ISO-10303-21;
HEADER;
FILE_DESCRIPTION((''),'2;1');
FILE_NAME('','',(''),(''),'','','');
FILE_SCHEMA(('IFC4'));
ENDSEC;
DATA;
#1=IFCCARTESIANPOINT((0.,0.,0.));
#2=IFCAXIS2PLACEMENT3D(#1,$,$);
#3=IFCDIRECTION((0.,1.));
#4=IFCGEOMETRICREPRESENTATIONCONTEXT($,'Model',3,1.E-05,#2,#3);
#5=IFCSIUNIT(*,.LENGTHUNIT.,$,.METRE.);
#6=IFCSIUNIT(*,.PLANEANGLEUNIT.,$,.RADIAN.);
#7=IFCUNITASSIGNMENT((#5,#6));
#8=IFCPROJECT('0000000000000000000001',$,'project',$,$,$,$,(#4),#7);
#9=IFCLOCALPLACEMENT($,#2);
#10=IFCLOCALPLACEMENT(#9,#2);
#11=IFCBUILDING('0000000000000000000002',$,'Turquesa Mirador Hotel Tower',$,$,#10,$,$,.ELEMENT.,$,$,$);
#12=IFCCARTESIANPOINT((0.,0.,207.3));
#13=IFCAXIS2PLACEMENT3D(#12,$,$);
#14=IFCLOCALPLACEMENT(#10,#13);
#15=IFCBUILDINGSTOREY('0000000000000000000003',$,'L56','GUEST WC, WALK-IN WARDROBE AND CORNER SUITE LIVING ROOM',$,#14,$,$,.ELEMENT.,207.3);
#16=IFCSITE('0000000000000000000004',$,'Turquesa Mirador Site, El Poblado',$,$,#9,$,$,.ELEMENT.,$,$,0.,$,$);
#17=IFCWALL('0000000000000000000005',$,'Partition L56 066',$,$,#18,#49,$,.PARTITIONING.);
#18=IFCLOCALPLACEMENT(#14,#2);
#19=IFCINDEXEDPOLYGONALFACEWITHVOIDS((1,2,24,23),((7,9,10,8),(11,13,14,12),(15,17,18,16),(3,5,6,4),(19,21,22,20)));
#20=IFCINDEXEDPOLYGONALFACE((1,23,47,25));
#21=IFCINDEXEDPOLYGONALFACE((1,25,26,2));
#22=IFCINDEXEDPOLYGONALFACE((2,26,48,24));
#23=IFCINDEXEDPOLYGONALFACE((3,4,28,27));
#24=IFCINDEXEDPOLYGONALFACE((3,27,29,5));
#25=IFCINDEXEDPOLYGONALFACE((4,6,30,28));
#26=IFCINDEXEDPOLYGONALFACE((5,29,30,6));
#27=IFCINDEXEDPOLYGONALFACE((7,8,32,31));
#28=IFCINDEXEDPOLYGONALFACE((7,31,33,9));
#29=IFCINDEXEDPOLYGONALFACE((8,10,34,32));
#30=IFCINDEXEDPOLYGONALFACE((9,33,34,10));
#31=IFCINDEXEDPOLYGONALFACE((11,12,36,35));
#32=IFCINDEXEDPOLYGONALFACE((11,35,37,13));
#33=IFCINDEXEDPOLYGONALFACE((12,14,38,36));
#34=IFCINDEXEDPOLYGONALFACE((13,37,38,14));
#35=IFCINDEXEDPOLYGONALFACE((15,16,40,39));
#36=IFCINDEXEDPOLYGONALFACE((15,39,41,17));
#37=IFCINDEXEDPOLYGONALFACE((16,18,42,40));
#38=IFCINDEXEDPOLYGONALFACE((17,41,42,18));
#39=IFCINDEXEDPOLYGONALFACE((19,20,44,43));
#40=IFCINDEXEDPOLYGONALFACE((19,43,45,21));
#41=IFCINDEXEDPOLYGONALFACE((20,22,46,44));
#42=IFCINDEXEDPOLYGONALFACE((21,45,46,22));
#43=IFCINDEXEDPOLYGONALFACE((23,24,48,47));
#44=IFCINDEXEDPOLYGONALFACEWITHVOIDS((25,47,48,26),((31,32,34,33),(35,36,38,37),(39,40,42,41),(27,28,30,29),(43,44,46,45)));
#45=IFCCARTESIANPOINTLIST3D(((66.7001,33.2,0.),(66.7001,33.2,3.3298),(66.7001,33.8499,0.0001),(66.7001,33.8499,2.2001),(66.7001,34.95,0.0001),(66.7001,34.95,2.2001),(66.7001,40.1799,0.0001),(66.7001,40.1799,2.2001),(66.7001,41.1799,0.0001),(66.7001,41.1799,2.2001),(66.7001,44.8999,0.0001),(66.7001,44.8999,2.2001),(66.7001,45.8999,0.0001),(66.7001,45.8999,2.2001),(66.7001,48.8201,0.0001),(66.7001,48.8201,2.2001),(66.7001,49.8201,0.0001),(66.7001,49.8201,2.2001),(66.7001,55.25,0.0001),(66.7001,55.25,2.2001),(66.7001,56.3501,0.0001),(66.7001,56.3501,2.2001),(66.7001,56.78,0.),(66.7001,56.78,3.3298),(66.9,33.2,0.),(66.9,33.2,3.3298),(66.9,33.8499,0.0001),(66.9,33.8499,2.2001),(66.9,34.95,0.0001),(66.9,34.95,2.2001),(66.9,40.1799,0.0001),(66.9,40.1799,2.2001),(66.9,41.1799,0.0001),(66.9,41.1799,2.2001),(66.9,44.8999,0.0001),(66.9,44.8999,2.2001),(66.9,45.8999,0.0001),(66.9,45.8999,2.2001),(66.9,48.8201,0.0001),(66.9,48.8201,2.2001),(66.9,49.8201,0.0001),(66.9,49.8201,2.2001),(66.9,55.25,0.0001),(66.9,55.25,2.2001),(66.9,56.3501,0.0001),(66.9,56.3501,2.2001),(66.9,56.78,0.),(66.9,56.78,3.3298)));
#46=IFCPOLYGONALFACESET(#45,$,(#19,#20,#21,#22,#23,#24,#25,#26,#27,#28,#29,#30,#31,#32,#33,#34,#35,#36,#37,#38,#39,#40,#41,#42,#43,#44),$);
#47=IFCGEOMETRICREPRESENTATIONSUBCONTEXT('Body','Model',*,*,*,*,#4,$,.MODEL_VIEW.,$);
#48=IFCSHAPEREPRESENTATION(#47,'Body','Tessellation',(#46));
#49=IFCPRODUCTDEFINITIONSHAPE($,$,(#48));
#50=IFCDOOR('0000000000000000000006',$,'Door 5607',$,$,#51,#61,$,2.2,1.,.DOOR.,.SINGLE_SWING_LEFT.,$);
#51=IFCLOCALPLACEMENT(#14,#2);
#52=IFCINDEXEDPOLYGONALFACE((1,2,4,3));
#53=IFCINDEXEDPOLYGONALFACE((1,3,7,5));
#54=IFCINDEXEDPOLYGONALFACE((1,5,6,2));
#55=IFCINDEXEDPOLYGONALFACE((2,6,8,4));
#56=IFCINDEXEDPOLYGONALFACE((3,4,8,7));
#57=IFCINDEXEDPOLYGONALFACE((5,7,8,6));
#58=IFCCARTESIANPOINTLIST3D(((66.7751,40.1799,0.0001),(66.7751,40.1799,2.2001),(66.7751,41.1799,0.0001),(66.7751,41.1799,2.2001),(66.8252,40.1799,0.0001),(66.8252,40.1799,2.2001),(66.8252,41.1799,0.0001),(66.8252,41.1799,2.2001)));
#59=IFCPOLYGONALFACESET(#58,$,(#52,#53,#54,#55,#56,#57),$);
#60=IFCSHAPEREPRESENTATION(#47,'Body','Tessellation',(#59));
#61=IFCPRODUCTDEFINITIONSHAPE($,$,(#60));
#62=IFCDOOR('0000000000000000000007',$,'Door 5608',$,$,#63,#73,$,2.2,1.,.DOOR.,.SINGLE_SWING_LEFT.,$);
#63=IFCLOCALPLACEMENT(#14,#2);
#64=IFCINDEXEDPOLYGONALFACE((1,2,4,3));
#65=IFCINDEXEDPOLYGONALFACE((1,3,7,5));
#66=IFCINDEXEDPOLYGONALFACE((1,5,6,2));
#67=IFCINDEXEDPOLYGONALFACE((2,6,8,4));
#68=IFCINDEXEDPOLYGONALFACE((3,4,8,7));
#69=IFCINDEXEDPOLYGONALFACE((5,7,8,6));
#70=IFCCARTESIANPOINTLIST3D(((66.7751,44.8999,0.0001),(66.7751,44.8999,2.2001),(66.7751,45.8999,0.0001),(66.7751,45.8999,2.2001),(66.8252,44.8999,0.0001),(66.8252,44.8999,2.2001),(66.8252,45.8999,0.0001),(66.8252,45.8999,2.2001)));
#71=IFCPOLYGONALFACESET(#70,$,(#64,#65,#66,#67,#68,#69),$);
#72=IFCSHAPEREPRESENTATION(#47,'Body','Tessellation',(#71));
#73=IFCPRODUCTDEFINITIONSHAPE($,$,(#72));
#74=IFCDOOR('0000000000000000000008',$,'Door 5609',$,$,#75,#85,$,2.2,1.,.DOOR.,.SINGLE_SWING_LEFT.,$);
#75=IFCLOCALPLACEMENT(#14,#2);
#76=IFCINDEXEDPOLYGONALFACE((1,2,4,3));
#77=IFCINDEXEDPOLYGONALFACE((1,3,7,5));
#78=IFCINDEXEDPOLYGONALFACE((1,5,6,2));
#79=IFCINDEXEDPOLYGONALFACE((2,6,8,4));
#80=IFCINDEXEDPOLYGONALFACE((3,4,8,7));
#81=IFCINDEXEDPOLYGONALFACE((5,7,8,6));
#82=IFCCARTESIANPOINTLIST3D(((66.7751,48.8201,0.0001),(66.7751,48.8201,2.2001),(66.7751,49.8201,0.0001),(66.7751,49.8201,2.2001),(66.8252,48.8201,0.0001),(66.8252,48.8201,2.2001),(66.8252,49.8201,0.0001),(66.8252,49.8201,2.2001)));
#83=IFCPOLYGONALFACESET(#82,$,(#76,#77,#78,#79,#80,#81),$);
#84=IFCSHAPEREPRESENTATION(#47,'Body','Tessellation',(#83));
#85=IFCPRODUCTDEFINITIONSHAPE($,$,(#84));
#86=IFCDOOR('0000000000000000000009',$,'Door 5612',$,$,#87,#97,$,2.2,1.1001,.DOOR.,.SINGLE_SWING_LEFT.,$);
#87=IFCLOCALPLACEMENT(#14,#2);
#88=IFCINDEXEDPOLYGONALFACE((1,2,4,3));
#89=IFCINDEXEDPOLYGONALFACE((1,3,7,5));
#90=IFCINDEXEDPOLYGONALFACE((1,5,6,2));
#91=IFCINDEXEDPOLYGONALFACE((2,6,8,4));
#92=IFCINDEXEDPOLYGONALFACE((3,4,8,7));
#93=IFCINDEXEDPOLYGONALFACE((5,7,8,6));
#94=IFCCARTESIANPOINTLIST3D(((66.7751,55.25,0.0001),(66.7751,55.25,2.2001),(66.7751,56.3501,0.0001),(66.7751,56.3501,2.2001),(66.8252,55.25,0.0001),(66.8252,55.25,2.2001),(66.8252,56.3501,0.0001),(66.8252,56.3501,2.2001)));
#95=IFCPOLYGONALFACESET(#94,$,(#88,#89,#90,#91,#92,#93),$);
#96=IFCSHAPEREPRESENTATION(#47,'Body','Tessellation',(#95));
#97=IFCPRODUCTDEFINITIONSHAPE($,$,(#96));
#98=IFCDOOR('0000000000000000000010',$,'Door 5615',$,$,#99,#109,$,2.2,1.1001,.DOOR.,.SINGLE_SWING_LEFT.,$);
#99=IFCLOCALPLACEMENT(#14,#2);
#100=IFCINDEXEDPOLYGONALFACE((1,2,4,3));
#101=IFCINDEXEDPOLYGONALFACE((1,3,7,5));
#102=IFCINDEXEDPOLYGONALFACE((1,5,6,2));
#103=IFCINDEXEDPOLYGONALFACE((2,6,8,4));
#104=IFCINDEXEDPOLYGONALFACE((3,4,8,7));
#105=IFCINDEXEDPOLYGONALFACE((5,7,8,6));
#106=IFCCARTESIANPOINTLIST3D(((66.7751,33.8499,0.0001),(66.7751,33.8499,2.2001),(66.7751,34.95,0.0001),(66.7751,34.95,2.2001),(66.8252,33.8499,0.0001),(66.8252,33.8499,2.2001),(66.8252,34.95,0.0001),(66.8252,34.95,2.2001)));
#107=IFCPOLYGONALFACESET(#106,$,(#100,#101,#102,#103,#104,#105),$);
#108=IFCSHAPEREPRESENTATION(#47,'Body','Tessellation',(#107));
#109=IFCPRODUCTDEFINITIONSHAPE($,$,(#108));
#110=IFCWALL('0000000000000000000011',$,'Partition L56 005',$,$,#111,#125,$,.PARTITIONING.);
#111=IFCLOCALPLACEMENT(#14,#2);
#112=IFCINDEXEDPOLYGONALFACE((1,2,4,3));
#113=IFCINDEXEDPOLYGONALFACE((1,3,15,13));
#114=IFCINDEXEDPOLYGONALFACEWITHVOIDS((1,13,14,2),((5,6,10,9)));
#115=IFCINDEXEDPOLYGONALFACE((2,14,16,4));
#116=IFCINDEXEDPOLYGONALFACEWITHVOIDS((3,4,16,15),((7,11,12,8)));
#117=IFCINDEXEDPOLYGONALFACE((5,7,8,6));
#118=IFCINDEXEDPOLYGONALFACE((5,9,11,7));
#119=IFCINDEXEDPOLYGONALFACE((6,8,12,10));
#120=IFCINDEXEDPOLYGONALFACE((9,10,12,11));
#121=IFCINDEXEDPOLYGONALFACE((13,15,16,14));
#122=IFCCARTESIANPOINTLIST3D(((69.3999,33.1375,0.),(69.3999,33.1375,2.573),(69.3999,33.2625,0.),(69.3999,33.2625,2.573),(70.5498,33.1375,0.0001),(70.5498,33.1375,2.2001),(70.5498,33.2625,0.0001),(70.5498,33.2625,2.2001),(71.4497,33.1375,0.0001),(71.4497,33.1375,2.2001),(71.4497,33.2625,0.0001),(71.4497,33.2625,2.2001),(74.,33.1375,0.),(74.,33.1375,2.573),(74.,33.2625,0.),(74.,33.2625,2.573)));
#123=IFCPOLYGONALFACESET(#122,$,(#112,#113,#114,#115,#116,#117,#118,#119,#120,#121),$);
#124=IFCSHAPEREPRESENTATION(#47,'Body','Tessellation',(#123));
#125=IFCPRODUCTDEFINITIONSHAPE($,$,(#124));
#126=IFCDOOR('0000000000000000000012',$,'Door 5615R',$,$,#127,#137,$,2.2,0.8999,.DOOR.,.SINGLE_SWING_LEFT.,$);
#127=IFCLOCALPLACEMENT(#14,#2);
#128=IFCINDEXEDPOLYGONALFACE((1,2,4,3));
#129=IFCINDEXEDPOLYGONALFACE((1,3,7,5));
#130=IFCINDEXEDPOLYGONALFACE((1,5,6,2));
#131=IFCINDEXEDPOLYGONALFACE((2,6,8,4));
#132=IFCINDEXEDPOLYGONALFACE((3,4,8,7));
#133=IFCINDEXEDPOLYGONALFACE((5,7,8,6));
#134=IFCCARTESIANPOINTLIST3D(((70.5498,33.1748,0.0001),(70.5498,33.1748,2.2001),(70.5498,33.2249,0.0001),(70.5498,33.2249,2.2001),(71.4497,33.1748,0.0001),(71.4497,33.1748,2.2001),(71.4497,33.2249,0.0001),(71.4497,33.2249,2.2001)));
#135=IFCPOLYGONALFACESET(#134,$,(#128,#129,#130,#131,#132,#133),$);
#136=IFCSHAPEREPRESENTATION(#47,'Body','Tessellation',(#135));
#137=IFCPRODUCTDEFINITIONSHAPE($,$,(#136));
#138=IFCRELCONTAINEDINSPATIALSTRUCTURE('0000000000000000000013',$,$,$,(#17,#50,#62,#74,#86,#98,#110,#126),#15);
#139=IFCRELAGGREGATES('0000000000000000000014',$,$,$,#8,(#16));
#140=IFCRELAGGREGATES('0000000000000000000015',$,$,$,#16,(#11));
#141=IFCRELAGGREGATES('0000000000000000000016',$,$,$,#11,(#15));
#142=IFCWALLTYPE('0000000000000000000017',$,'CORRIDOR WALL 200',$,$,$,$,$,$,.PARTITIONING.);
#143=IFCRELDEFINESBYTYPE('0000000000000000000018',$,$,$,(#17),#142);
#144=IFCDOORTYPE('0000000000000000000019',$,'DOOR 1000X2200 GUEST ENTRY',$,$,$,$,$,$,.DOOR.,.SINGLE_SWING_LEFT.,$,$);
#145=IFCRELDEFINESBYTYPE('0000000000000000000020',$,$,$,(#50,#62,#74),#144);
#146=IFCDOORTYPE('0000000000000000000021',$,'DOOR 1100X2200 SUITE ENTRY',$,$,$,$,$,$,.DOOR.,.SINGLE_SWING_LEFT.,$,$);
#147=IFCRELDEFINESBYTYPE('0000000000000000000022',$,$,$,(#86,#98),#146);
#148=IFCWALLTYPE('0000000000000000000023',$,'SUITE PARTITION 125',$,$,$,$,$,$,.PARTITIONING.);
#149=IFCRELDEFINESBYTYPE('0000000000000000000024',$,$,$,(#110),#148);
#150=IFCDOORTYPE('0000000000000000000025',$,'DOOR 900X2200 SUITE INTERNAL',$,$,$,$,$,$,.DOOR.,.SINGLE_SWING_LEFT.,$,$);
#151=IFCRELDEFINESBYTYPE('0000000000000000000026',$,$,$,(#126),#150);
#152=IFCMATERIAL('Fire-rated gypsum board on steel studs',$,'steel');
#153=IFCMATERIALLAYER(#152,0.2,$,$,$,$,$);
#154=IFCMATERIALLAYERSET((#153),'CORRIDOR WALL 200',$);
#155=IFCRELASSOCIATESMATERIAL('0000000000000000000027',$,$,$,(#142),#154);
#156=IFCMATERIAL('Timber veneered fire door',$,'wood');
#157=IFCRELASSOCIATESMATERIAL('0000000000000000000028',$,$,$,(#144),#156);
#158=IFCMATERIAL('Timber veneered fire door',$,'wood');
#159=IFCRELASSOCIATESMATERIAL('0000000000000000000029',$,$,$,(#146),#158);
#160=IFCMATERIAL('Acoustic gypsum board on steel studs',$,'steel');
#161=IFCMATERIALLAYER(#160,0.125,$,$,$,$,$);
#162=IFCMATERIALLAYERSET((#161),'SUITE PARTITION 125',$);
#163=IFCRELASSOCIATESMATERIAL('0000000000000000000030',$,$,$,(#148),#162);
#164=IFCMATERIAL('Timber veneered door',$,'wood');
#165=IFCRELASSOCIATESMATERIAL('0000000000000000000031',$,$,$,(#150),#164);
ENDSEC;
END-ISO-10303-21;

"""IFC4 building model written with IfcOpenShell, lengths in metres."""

from ifc_helpers import new_model, si_unit, direction, frame, frame_2d, origin, place, context, subcontext, project, spatial, rectangle, extrude, material, layer, layer_set, type_object, element, fill, save


model = new_model("IFC4")

# Units and contexts
model_context = context("Model", 3, precision=1e-05, world=origin(), true_north=direction((0.0, 1.0)))
body_context = subcontext(model_context, "Body", "Model", "MODEL_VIEW")
ifc_project = project(units=[si_unit("LENGTHUNIT", "METRE"), si_unit("PLANEANGLEUNIT", "RADIAN")], contexts=[model_context])

# Site, building, storey
site_placement = place(None, origin())
site = spatial("IfcSite", under=ifc_project, at=site_placement, Name="Turquesa Mirador Site, El Poblado", CompositionType="ELEMENT", RefElevation=0.0)
building_placement = place(site_placement, origin())
building = spatial("IfcBuilding", under=site, at=building_placement, Name="Turquesa Mirador Hotel Tower", CompositionType="ELEMENT")
storey_placement = place(building_placement, frame((0.0, 0.0, 207.3)))
storey = spatial("IfcBuildingStorey", under=building, at=storey_placement, Name="L56", Description="GUEST WC, WALK-IN WARDROBE AND CORNER SUITE LIVING ROOM", CompositionType="ELEMENT", Elevation=207.3)

# Wall, openings, doors
ifc_material_1 = material(Name="Fire-rated gypsum board on steel studs", Category="steel")
ifc_layer_1 = layer(ifc_material_1, 0.2)
ifc_layer_set_1 = layer_set([ifc_layer_1], Name="CORRIDOR WALL 200")
wall_type_1 = type_object("IfcWallType", Name="CORRIDOR WALL 200", PredefinedType="PARTITIONING", material=ifc_layer_set_1)
wall_1_placement = place(storey_placement, frame((66.8, 33.2, 0.0), z_axis=(0.0, 0.0, 1.0), x_axis=(0.0, 1.0, 0.0)))
wall_1 = element("IfcWall", 1, at=wall_1_placement, inside=storey, type_object=wall_type_1, Name="Partition L56 066", PredefinedType="PARTITIONING", context=body_context, shape_type="SweptSolid", body=[
    extrude(rectangle(XDim=23.5801, YDim=0.2, at=frame_2d((11.79, 0.0))), origin(), (0.0, 0.0, 1.0), 3.3298),
])
opening_1_placement = place(wall_1_placement, frame((6.98, 0.0, 0.0)))
opening_1 = element("IfcOpeningElement", 2, at=opening_1_placement, cuts=wall_1, PredefinedType="OPENING", context=body_context, shape_type="SweptSolid", body=[
    extrude(rectangle(XDim=1.0, YDim=2.2, at=frame_2d((0.5, 1.1001))), frame((0.0, 0.1099, 0.0), z_axis=(0.0, -1.0, 0.0), x_axis=(1.0, 0.0, 0.0)), (0.0, 0.0, 1.0), 0.22),
])
opening_2_placement = place(wall_1_placement, frame((11.7, 0.0, 0.0)))
opening_2 = element("IfcOpeningElement", 3, at=opening_2_placement, cuts=wall_1, PredefinedType="OPENING", context=body_context, shape_type="SweptSolid", body=[
    extrude(rectangle(XDim=1.0, YDim=2.2, at=frame_2d((0.5, 1.1001))), frame((0.0, 0.1099, 0.0), z_axis=(0.0, -1.0, 0.0), x_axis=(1.0, 0.0, 0.0)), (0.0, 0.0, 1.0), 0.22),
])
opening_3_placement = place(wall_1_placement, frame((15.6201, 0.0, 0.0)))
opening_3 = element("IfcOpeningElement", 4, at=opening_3_placement, cuts=wall_1, PredefinedType="OPENING", context=body_context, shape_type="SweptSolid", body=[
    extrude(rectangle(XDim=1.0, YDim=2.2, at=frame_2d((0.5, 1.1001))), frame((0.0, 0.1099, 0.0), z_axis=(0.0, -1.0, 0.0), x_axis=(1.0, 0.0, 0.0)), (0.0, 0.0, 1.0), 0.22),
])
opening_4_placement = place(wall_1_placement, frame((22.05, 0.0, 0.0)))
opening_4 = element("IfcOpeningElement", 5, at=opening_4_placement, cuts=wall_1, PredefinedType="OPENING", context=body_context, shape_type="SweptSolid", body=[
    extrude(rectangle(XDim=1.1001, YDim=2.2, at=frame_2d((0.55, 1.1001))), frame((0.0, 0.1099, 0.0), z_axis=(0.0, -1.0, 0.0), x_axis=(1.0, 0.0, 0.0)), (0.0, 0.0, 1.0), 0.22),
])
opening_5_placement = place(wall_1_placement, frame((0.6499, 0.0, 0.0)))
opening_5 = element("IfcOpeningElement", 6, at=opening_5_placement, cuts=wall_1, PredefinedType="OPENING", context=body_context, shape_type="SweptSolid", body=[
    extrude(rectangle(XDim=1.1001, YDim=2.2, at=frame_2d((0.55, 1.1001))), frame((0.0, 0.1099, 0.0), z_axis=(0.0, -1.0, 0.0), x_axis=(1.0, 0.0, 0.0)), (0.0, 0.0, 1.0), 0.22),
])
ifc_material_2 = material(Name="Timber veneered fire door", Category="wood")
door_type_1 = type_object("IfcDoorType", Name="DOOR 1000X2200 GUEST ENTRY", OperationType="SINGLE_SWING_LEFT", PredefinedType="DOOR", material=ifc_material_2)
door_1_placement = place(opening_1_placement, origin())
door_1 = element("IfcDoor", 7, at=door_1_placement, inside=storey, type_object=door_type_1, Name="Door 5607", OperationType="SINGLE_SWING_LEFT", OverallHeight=2.2, OverallWidth=1.0, PredefinedType="DOOR", context=body_context, shape_type="SweptSolid", body=[
    extrude(rectangle(XDim=1.0, YDim=2.2, at=frame_2d((0.5, 1.1001))), frame((0.0, 0.0249, 0.0), z_axis=(0.0, -1.0, 0.0), x_axis=(1.0, 0.0, 0.0)), (0.0, 0.0, 1.0), 0.05),
])
fill(opening_1, door_1)
door_2_placement = place(opening_2_placement, origin())
door_2 = element("IfcDoor", 8, at=door_2_placement, inside=storey, type_object=door_type_1, Name="Door 5608", OperationType="SINGLE_SWING_LEFT", OverallHeight=2.2, OverallWidth=1.0, PredefinedType="DOOR", context=body_context, shape_type="SweptSolid", body=[
    extrude(rectangle(XDim=1.0, YDim=2.2, at=frame_2d((0.5, 1.1001))), frame((0.0, 0.0249, 0.0), z_axis=(0.0, -1.0, 0.0), x_axis=(1.0, 0.0, 0.0)), (0.0, 0.0, 1.0), 0.05),
])
fill(opening_2, door_2)
door_3_placement = place(opening_3_placement, origin())
door_3 = element("IfcDoor", 9, at=door_3_placement, inside=storey, type_object=door_type_1, Name="Door 5609", OperationType="SINGLE_SWING_LEFT", OverallHeight=2.2, OverallWidth=1.0, PredefinedType="DOOR", context=body_context, shape_type="SweptSolid", body=[
    extrude(rectangle(XDim=1.0, YDim=2.2, at=frame_2d((0.5, 1.1001))), frame((0.0, 0.0249, 0.0), z_axis=(0.0, -1.0, 0.0), x_axis=(1.0, 0.0, 0.0)), (0.0, 0.0, 1.0), 0.05),
])
fill(opening_3, door_3)
ifc_material_3 = material(Name="Timber veneered fire door", Category="wood")
door_type_2 = type_object("IfcDoorType", Name="DOOR 1100X2200 SUITE ENTRY", OperationType="SINGLE_SWING_LEFT", PredefinedType="DOOR", material=ifc_material_3)
door_4_placement = place(opening_4_placement, origin())
door_4 = element("IfcDoor", 10, at=door_4_placement, inside=storey, type_object=door_type_2, Name="Door 5612", OperationType="SINGLE_SWING_LEFT", OverallHeight=2.2, OverallWidth=1.1001, PredefinedType="DOOR", context=body_context, shape_type="SweptSolid", body=[
    extrude(rectangle(XDim=1.1001, YDim=2.2, at=frame_2d((0.55, 1.1001))), frame((0.0, 0.0249, 0.0), z_axis=(0.0, -1.0, 0.0), x_axis=(1.0, 0.0, 0.0)), (0.0, 0.0, 1.0), 0.05),
])
fill(opening_4, door_4)
door_5_placement = place(opening_5_placement, origin())
door_5 = element("IfcDoor", 11, at=door_5_placement, inside=storey, type_object=door_type_2, Name="Door 5615", OperationType="SINGLE_SWING_LEFT", OverallHeight=2.2, OverallWidth=1.1001, PredefinedType="DOOR", context=body_context, shape_type="SweptSolid", body=[
    extrude(rectangle(XDim=1.1001, YDim=2.2, at=frame_2d((0.55, 1.1001))), frame((0.0, 0.0249, 0.0), z_axis=(0.0, -1.0, 0.0), x_axis=(1.0, 0.0, 0.0)), (0.0, 0.0, 1.0), 0.05),
])
fill(opening_5, door_5)

# Wall, opening, door
ifc_material_4 = material(Name="Acoustic gypsum board on steel studs", Category="steel")
ifc_layer_2 = layer(ifc_material_4, 0.125)
ifc_layer_set_2 = layer_set([ifc_layer_2], Name="SUITE PARTITION 125")
wall_type_2 = type_object("IfcWallType", Name="SUITE PARTITION 125", PredefinedType="PARTITIONING", material=ifc_layer_set_2)
wall_2_placement = place(storey_placement, frame((69.3999, 33.2, 0.0), z_axis=(0.0, 0.0, 1.0), x_axis=(1.0, 0.0, 0.0)))
wall_2 = element("IfcWall", 12, at=wall_2_placement, inside=storey, type_object=wall_type_2, Name="Partition L56 005", PredefinedType="PARTITIONING", context=body_context, shape_type="SweptSolid", body=[
    extrude(rectangle(XDim=4.6001, YDim=0.125, at=frame_2d((2.3, 0.0))), origin(), (0.0, 0.0, 1.0), 2.573),
])
opening_6_placement = place(wall_2_placement, frame((1.1499, 0.0, 0.0)))
opening_6 = element("IfcOpeningElement", 13, at=opening_6_placement, cuts=wall_2, PredefinedType="OPENING", context=body_context, shape_type="SweptSolid", body=[
    extrude(rectangle(XDim=0.8999, YDim=2.2, at=frame_2d((0.45, 1.1001))), frame((0.0, 0.0725, 0.0), z_axis=(0.0, -1.0, 0.0), x_axis=(1.0, 0.0, 0.0)), (0.0, 0.0, 1.0), 0.145),
])
ifc_material_5 = material(Name="Timber veneered door", Category="wood")
door_type_3 = type_object("IfcDoorType", Name="DOOR 900X2200 SUITE INTERNAL", OperationType="SINGLE_SWING_LEFT", PredefinedType="DOOR", material=ifc_material_5)
door_6_placement = place(opening_6_placement, origin())
door_6 = element("IfcDoor", 14, at=door_6_placement, inside=storey, type_object=door_type_3, Name="Door 5615R", OperationType="SINGLE_SWING_LEFT", OverallHeight=2.2, OverallWidth=0.8999, PredefinedType="DOOR", context=body_context, shape_type="SweptSolid", body=[
    extrude(rectangle(XDim=0.8999, YDim=2.2, at=frame_2d((0.45, 1.1001))), frame((0.0, 0.0249, 0.0), z_axis=(0.0, -1.0, 0.0), x_axis=(1.0, 0.0, 0.0)), (0.0, 0.0, 1.0), 0.05),
])
fill(opening_6, door_6)

save(model, "model.ifc")
